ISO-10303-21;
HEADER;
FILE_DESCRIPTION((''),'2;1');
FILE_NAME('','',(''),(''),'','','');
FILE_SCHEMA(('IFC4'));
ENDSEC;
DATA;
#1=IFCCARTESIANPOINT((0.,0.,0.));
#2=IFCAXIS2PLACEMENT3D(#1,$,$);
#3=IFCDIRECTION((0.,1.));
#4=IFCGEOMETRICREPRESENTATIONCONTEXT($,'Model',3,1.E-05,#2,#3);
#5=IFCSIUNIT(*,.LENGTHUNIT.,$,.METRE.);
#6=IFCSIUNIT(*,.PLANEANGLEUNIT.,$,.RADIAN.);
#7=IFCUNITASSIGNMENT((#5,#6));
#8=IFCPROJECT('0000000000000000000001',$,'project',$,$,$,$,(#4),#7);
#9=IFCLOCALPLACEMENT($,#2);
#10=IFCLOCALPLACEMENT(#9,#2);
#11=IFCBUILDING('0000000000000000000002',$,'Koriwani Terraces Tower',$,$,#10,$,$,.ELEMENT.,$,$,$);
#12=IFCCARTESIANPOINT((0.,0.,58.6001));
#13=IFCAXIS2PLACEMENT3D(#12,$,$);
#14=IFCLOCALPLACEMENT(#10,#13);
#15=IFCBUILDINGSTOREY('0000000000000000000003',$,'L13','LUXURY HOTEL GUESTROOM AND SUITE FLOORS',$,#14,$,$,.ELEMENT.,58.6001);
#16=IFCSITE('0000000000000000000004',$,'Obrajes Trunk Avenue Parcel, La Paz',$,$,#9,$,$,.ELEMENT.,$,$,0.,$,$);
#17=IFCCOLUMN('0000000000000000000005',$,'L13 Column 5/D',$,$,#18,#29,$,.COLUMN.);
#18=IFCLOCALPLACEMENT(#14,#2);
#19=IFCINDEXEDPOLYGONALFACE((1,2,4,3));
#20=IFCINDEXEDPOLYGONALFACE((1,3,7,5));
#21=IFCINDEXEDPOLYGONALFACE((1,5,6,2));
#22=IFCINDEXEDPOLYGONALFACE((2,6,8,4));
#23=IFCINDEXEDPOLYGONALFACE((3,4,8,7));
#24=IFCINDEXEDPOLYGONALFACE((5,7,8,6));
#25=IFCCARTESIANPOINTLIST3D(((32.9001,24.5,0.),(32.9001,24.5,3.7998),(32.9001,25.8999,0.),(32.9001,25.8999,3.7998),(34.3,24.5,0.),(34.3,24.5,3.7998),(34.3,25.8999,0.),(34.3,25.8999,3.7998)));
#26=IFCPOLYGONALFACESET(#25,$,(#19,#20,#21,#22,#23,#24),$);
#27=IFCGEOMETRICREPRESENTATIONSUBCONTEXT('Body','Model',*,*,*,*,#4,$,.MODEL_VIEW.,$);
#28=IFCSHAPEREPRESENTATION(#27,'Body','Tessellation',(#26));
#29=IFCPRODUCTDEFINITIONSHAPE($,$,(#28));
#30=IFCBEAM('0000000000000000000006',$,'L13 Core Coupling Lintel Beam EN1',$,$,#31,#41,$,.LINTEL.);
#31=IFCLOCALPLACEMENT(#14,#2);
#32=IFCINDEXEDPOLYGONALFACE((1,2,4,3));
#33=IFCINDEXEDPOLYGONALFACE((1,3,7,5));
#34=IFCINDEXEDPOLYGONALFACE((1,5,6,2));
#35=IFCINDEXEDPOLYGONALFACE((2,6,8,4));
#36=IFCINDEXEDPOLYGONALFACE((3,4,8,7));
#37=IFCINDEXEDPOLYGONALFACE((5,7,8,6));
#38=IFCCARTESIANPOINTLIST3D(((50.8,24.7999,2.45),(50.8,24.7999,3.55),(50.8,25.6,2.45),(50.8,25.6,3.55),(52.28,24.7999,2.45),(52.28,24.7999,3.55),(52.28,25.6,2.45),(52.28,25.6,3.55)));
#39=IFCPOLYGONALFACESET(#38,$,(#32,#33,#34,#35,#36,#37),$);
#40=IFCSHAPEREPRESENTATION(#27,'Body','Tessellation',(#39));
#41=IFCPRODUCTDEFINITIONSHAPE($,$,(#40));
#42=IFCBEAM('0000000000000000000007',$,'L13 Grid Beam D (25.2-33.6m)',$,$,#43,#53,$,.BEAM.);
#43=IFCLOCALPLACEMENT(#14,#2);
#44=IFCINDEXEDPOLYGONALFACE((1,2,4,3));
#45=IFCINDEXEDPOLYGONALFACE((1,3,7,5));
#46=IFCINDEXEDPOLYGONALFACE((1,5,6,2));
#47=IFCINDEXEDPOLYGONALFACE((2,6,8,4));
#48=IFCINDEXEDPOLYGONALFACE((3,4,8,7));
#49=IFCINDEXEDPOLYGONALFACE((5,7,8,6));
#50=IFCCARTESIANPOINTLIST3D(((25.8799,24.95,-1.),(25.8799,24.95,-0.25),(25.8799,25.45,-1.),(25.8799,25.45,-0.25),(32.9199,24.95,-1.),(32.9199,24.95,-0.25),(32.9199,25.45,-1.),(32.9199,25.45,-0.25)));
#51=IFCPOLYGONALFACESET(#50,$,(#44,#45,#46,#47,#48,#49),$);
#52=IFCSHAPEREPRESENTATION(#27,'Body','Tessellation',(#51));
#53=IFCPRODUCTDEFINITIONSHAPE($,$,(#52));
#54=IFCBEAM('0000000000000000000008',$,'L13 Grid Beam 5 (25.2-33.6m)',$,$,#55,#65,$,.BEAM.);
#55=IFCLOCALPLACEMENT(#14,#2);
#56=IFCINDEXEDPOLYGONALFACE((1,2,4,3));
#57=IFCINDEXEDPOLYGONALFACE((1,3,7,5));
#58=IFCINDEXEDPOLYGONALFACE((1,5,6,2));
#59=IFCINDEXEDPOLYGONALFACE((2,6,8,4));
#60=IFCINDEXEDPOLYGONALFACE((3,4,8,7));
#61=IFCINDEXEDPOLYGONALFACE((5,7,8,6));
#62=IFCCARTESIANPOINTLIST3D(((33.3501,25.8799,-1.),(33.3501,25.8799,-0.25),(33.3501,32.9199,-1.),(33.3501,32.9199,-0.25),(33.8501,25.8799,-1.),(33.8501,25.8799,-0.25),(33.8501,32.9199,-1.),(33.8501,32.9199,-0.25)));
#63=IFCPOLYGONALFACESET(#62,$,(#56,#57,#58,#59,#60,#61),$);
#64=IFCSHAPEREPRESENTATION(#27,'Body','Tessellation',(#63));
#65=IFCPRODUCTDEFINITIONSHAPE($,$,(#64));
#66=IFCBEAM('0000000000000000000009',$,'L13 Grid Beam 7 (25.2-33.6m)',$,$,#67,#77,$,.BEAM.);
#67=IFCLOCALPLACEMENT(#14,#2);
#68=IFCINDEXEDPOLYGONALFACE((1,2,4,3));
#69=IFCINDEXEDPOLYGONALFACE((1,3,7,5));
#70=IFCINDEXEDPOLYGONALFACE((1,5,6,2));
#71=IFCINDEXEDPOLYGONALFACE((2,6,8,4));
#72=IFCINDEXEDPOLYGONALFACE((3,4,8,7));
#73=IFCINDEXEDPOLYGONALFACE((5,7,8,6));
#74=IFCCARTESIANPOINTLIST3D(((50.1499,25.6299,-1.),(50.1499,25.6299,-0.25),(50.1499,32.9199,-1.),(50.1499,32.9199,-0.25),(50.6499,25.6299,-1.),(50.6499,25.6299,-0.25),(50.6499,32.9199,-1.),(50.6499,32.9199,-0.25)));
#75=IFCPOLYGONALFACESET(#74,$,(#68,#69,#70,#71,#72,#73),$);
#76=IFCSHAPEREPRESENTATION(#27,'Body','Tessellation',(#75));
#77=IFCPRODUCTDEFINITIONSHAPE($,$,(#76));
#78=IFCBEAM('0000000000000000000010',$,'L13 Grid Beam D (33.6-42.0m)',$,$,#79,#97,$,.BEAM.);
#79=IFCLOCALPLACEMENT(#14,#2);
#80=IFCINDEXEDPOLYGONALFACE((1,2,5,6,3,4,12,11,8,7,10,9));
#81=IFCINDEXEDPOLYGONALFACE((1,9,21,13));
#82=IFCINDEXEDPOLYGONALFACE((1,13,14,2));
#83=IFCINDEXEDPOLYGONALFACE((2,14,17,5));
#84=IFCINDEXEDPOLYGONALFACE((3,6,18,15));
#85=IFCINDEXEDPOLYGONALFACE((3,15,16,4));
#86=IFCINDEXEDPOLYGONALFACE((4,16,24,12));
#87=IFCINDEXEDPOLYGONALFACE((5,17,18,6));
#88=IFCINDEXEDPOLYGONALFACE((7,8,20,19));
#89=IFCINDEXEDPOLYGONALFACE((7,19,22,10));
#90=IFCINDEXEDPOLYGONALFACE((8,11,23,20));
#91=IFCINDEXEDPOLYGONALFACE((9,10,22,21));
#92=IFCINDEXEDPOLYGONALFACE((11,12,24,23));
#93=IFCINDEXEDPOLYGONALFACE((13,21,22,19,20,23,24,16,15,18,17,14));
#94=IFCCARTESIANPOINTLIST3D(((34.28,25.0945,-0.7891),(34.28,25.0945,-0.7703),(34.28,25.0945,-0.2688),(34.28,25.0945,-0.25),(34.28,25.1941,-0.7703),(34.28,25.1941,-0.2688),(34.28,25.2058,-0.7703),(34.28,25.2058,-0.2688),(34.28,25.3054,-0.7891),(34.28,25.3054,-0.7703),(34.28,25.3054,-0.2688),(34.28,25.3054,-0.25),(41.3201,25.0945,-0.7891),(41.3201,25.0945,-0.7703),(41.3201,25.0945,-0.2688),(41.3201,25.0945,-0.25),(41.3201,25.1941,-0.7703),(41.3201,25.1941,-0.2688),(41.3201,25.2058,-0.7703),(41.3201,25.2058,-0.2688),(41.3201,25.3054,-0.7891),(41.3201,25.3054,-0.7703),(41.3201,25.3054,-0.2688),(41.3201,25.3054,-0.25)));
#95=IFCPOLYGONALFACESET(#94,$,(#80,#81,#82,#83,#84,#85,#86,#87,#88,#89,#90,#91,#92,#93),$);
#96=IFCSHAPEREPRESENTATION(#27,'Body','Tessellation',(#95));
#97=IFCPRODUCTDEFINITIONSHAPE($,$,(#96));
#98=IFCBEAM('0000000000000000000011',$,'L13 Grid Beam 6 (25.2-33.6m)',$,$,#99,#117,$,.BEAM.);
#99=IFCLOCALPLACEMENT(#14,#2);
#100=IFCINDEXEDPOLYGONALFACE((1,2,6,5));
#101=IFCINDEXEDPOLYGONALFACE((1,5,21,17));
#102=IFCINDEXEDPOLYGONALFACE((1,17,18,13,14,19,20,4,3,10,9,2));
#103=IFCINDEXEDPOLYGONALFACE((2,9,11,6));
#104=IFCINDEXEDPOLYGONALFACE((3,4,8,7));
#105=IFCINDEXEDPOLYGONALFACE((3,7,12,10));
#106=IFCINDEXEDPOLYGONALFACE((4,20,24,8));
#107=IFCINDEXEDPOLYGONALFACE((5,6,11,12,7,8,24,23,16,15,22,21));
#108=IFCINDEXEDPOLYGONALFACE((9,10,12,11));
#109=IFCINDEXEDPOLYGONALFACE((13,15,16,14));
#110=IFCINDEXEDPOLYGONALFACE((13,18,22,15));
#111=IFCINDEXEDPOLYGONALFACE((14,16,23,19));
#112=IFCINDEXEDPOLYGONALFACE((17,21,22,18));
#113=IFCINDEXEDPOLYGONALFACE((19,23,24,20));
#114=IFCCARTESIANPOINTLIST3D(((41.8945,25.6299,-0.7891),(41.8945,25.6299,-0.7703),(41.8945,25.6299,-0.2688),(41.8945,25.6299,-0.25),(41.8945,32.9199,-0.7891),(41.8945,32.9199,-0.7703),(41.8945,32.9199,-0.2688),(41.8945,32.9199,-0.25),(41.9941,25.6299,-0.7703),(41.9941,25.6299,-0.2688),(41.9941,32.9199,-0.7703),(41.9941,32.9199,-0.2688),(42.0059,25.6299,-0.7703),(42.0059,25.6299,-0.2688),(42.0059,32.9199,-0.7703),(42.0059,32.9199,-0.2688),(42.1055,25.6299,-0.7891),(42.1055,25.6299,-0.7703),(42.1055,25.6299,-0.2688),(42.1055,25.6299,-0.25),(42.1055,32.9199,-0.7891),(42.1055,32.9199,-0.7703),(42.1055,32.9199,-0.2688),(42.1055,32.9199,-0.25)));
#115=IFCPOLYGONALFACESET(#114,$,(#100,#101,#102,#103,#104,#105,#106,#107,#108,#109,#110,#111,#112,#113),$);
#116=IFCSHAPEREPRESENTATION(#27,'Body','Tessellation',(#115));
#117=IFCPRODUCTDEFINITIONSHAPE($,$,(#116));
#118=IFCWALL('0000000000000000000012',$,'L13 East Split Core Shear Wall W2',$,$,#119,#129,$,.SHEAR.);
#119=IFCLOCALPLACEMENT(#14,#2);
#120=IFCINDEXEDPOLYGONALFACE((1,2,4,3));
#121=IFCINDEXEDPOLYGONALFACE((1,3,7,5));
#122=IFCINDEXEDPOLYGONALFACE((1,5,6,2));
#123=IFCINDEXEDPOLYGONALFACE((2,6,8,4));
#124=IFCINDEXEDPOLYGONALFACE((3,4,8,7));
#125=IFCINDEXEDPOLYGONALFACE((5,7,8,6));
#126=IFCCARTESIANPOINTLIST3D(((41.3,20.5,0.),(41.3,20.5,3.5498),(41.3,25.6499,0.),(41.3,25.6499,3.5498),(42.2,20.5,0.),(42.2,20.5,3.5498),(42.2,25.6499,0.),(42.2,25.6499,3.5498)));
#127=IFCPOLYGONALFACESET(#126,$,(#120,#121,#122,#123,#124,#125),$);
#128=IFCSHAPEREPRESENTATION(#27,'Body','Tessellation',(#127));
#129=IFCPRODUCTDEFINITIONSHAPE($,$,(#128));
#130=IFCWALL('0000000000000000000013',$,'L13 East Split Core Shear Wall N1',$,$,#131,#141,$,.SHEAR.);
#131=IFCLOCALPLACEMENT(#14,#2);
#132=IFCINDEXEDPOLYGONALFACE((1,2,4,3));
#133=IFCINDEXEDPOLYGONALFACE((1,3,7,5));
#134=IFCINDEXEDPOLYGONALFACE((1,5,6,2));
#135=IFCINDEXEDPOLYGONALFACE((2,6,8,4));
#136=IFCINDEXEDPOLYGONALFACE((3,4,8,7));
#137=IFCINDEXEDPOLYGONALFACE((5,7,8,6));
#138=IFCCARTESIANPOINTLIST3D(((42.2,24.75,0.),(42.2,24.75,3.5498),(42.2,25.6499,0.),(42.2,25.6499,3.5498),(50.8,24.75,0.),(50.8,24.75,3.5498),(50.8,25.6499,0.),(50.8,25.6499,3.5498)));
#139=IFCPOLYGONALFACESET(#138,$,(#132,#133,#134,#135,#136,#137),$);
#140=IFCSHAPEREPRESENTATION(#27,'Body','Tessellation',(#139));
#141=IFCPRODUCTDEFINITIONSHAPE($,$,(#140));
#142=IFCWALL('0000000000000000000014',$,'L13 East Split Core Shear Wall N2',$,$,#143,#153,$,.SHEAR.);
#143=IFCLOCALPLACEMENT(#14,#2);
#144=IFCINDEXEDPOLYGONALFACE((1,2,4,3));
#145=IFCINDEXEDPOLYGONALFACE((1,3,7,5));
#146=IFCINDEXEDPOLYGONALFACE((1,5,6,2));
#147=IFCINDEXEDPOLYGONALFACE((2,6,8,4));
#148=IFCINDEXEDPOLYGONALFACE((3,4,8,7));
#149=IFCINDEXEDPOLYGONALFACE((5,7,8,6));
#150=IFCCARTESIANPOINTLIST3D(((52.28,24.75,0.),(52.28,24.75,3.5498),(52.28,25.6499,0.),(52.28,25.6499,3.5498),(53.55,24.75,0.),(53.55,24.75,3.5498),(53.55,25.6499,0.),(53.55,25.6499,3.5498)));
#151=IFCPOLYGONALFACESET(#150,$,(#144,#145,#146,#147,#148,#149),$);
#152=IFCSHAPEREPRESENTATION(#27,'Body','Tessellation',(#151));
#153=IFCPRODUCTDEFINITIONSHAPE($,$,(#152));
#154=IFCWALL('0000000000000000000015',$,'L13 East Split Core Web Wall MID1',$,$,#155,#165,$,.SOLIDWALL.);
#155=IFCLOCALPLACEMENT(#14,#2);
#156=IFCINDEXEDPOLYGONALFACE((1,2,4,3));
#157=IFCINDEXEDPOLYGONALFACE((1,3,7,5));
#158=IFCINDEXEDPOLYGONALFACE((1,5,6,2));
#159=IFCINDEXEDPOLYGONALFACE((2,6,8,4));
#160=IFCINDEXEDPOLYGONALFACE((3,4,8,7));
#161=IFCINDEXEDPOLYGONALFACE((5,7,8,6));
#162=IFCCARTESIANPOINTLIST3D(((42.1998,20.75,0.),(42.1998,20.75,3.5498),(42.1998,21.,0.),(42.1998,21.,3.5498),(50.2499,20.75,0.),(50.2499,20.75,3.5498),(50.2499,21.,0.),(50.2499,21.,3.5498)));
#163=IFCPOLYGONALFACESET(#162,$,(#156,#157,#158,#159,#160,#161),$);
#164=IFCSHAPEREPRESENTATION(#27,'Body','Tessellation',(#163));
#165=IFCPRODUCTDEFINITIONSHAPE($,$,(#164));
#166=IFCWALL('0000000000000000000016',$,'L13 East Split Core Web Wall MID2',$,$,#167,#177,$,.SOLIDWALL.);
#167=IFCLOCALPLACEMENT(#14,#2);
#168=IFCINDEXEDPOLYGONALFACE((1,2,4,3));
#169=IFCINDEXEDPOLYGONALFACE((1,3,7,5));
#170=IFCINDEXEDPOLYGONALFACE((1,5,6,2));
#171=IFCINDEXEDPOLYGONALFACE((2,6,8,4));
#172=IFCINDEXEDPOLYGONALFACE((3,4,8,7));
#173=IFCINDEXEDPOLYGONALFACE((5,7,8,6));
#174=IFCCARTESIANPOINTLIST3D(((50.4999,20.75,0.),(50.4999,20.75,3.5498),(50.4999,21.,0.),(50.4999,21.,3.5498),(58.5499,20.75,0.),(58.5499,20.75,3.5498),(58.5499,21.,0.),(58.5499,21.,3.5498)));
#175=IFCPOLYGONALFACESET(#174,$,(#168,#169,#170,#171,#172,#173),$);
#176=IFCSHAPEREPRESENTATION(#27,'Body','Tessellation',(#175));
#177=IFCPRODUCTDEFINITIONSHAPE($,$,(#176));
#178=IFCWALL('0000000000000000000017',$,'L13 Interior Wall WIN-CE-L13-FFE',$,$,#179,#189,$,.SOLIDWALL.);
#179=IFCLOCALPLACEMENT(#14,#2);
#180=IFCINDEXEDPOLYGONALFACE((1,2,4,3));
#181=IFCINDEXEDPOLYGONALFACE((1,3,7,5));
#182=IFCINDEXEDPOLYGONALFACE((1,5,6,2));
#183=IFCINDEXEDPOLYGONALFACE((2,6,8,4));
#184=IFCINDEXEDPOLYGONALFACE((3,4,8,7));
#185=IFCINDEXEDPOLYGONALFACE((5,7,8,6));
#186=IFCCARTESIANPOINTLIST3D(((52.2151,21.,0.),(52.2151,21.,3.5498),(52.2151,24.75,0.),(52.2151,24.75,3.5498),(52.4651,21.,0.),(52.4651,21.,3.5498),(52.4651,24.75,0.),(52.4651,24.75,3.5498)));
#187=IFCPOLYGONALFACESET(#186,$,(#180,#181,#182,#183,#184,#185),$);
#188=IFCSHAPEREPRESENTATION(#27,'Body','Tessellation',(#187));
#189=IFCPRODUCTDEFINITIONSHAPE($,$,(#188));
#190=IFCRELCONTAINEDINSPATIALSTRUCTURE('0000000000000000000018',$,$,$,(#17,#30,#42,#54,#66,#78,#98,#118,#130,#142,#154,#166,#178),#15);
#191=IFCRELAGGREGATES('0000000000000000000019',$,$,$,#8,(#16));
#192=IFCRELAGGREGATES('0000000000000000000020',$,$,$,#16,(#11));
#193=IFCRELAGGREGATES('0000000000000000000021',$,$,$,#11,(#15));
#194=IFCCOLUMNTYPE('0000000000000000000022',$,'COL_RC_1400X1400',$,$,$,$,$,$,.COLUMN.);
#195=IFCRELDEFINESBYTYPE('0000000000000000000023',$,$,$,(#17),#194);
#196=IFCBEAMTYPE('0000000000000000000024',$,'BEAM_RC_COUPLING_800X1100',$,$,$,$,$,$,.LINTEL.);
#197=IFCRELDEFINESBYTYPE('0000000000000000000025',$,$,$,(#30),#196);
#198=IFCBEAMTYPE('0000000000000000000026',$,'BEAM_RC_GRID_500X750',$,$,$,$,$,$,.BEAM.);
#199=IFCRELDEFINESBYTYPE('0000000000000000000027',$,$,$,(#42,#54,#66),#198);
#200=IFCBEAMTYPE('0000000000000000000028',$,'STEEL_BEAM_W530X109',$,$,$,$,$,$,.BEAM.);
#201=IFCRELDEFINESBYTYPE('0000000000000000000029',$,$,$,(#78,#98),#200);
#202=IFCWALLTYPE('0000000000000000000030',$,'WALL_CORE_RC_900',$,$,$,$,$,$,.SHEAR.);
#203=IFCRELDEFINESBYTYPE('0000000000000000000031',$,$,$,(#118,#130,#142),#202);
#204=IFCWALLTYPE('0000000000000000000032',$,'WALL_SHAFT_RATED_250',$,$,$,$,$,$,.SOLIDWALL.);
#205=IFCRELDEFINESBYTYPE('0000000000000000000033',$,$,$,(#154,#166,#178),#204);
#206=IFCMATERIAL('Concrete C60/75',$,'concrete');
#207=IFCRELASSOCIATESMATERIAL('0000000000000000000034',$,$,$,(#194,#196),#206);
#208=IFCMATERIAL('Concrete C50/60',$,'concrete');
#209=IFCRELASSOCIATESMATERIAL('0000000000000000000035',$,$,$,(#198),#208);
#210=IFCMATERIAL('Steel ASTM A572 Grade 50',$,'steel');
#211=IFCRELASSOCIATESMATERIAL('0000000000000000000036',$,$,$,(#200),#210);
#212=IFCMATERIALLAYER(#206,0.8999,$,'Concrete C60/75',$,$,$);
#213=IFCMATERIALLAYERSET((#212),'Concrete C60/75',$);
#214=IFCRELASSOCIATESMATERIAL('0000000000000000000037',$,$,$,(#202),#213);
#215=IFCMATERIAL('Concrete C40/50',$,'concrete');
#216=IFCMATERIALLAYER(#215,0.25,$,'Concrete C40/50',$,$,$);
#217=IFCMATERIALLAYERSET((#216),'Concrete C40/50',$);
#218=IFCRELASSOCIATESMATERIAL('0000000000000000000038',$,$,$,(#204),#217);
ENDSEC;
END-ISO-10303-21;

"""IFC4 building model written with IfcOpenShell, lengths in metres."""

from ifc_helpers import new_model, si_unit, direction, frame, frame_2d, origin, origin_2d, place, context, subcontext, project, spatial, rectangle, i_section, extrude, material, layer, layer_set, material_profile, profile_set, type_object, element, save


model = new_model("IFC4")

# Units and contexts
model_context = context("Model", 3, precision=1e-05, world=origin(), true_north=direction((0.0, 1.0)))
body_context = subcontext(model_context, "Body", "Model", "MODEL_VIEW")
ifc_project = project(units=[si_unit("LENGTHUNIT", "METRE"), si_unit("PLANEANGLEUNIT", "RADIAN")], contexts=[model_context])

# Site, building, storey
site_placement = place(None, origin())
site = spatial("IfcSite", under=ifc_project, at=site_placement, Name="Obrajes Trunk Avenue Parcel, La Paz", CompositionType="ELEMENT", RefElevation=0.0)
building_placement = place(site_placement, origin())
building = spatial("IfcBuilding", under=site, at=building_placement, Name="Koriwani Terraces Tower", CompositionType="ELEMENT")
storey_placement = place(building_placement, frame((0.0, 0.0, 58.6001)))
storey = spatial("IfcBuildingStorey", under=building, at=storey_placement, Name="L13", Description="LUXURY HOTEL GUESTROOM AND SUITE FLOORS", CompositionType="ELEMENT", Elevation=58.6001)

# Column
ifc_material_1 = material(Name="Concrete C60/75", Category="concrete")
ifc_material_profile_1 = material_profile(ifc_material_1, rectangle(XDim=1.3999, YDim=1.3999, at=origin_2d()), Name="Concrete C60/75", Category="LoadBearing")
ifc_profile_set_1 = profile_set([ifc_material_profile_1], Name="Concrete C60/75")
column_type = type_object("IfcColumnType", Name="COL_RC_1400X1400", PredefinedType="COLUMN", material=ifc_profile_set_1)
column_placement = place(storey_placement, frame((33.6001, 25.2, 0.0), z_axis=(0.0, 0.0, 1.0), x_axis=(1.0, 0.0, 0.0)))
element("IfcColumn", 1, at=column_placement, inside=storey, type_object=column_type, Name="L13 Column 5/D", PredefinedType="COLUMN", context=body_context, shape_type="SweptSolid", body=[
    extrude(rectangle(XDim=1.3999, YDim=1.3999, at=origin_2d()), origin(), (0.0, 0.0, 1.0), 3.7998),
])

# Beams
ifc_material_profile_2 = material_profile(ifc_material_1, rectangle(XDim=0.8, YDim=1.1001, at=origin_2d()), Name="Concrete C60/75", Category="LoadBearing")
ifc_profile_set_2 = profile_set([ifc_material_profile_2], Name="Concrete C60/75")
beam_type_1 = type_object("IfcBeamType", Name="BEAM_RC_COUPLING_800X1100", PredefinedType="LINTEL", material=ifc_profile_set_2)
beam_1_placement = place(storey_placement, frame((50.8, 25.2, 3.0), z_axis=(1.0, 0.0, 0.0), x_axis=(0.0, 1.0, 0.0)))
element("IfcBeam", 2, at=beam_1_placement, inside=storey, type_object=beam_type_1, Name="L13 Core Coupling Lintel Beam EN1", PredefinedType="LINTEL", context=body_context, shape_type="SweptSolid", body=[
    extrude(rectangle(XDim=0.8, YDim=1.1001, at=origin_2d()), origin(), (0.0, 0.0, 1.0), 1.48),
])
ifc_material_2 = material(Name="Concrete C50/60", Category="concrete")
ifc_material_profile_3 = material_profile(ifc_material_2, rectangle(XDim=0.5, YDim=0.75, at=origin_2d()), Name="Concrete C50/60", Category="LoadBearing")
ifc_profile_set_3 = profile_set([ifc_material_profile_3], Name="Concrete C50/60")
beam_type_2 = type_object("IfcBeamType", Name="BEAM_RC_GRID_500X750", PredefinedType="BEAM", material=ifc_profile_set_3)
for number, where, z_axis, x_axis, name in (
    (3, (25.8799, 25.2, -0.625), (1.0, 0.0, 0.0), (0.0, 1.0, 0.0), "L13 Grid Beam D (25.2-33.6m)"),
    (4, (33.6001, 25.8799, -0.625), (0.0, 1.0, 0.0), (-1.0, 0.0, 0.0), "L13 Grid Beam 5 (25.2-33.6m)"),
):
    element("IfcBeam", number, at=place(storey_placement, frame(where, z_axis=z_axis, x_axis=x_axis)), inside=storey, type_object=beam_type_2, Name=name, PredefinedType="BEAM", context=body_context, shape_type="SweptSolid", body=[
        extrude(rectangle(XDim=0.5, YDim=0.75, at=origin_2d()), origin(), (0.0, 0.0, 1.0), 7.04),
    ])
beam_2_placement = place(storey_placement, frame((50.3999, 25.6299, -0.625), z_axis=(0.0, 1.0, 0.0), x_axis=(-1.0, 0.0, 0.0)))
element("IfcBeam", 5, at=beam_2_placement, inside=storey, type_object=beam_type_2, Name="L13 Grid Beam 7 (25.2-33.6m)", PredefinedType="BEAM", context=body_context, shape_type="SweptSolid", body=[
    extrude(rectangle(XDim=0.5, YDim=0.75, at=origin_2d()), origin(), (0.0, 0.0, 1.0), 7.29),
])
ifc_material_3 = material(Name="Steel ASTM A572 Grade 50", Category="steel")
ifc_material_profile_4 = material_profile(ifc_material_3, i_section(OverallWidth=0.2109, OverallDepth=0.5391, WebThickness=0.0117, FlangeThickness=0.0188, at=origin_2d()), Name="Steel ASTM A572 Grade 50", Category="LoadBearing")
ifc_profile_set_4 = profile_set([ifc_material_profile_4], Name="Steel ASTM A572 Grade 50")
beam_type_3 = type_object("IfcBeamType", Name="STEEL_BEAM_W530X109", PredefinedType="BEAM", material=ifc_profile_set_4)
beam_3_placement = place(storey_placement, frame((34.28, 25.2, -0.5195), z_axis=(1.0, 0.0, 0.0), x_axis=(0.0, 1.0, 0.0)))
element("IfcBeam", 6, at=beam_3_placement, inside=storey, type_object=beam_type_3, Name="L13 Grid Beam D (33.6-42.0m)", PredefinedType="BEAM", context=body_context, shape_type="SweptSolid", body=[
    extrude(i_section(OverallWidth=0.2109, OverallDepth=0.5391, WebThickness=0.0117, FlangeThickness=0.0188, at=origin_2d()), origin(), (0.0, 0.0, 1.0), 7.04),
])
beam_4_placement = place(storey_placement, frame((42.0, 25.6299, -0.5195), z_axis=(0.0, 1.0, 0.0), x_axis=(-1.0, 0.0, 0.0)))
element("IfcBeam", 7, at=beam_4_placement, inside=storey, type_object=beam_type_3, Name="L13 Grid Beam 6 (25.2-33.6m)", PredefinedType="BEAM", context=body_context, shape_type="SweptSolid", body=[
    extrude(i_section(OverallWidth=0.2109, OverallDepth=0.5391, WebThickness=0.0117, FlangeThickness=0.0188, at=origin_2d()), origin(), (0.0, 0.0, 1.0), 7.29),
])

# Walls
ifc_layer_1 = layer(ifc_material_1, 0.8999, Name="Concrete C60/75")
ifc_layer_set_1 = layer_set([ifc_layer_1], Name="Concrete C60/75")
wall_type_1 = type_object("IfcWallType", Name="WALL_CORE_RC_900", PredefinedType="SHEAR", material=ifc_layer_set_1)
wall_1_placement = place(storey_placement, frame((41.75, 20.5, 0.0), z_axis=(0.0, 0.0, 1.0), x_axis=(0.0, 1.0, 0.0)))
element("IfcWall", 8, at=wall_1_placement, inside=storey, type_object=wall_type_1, Name="L13 East Split Core Shear Wall W2", PredefinedType="SHEAR", context=body_context, shape_type="SweptSolid", body=[
    extrude(rectangle(XDim=5.1499, YDim=0.8999, at=frame_2d((2.575, 0.0))), origin(), (0.0, 0.0, 1.0), 3.5498),
])
wall_2_placement = place(storey_placement, frame((42.2, 25.2, 0.0), z_axis=(0.0, 0.0, 1.0), x_axis=(1.0, 0.0, 0.0)))
element("IfcWall", 9, at=wall_2_placement, inside=storey, type_object=wall_type_1, Name="L13 East Split Core Shear Wall N1", PredefinedType="SHEAR", context=body_context, shape_type="SweptSolid", body=[
    extrude(rectangle(XDim=8.6001, YDim=0.8999, at=frame_2d((4.3, 0.0))), origin(), (0.0, 0.0, 1.0), 3.5498),
])
wall_3_placement = place(storey_placement, frame((52.28, 25.2, 0.0), z_axis=(0.0, 0.0, 1.0), x_axis=(1.0, 0.0, 0.0)))
element("IfcWall", 10, at=wall_3_placement, inside=storey, type_object=wall_type_1, Name="L13 East Split Core Shear Wall N2", PredefinedType="SHEAR", context=body_context, shape_type="SweptSolid", body=[
    extrude(rectangle(XDim=1.27, YDim=0.8999, at=frame_2d((0.635, 0.0))), origin(), (0.0, 0.0, 1.0), 3.5498),
])
ifc_material_4 = material(Name="Concrete C40/50", Category="concrete")
ifc_layer_2 = layer(ifc_material_4, 0.25, Name="Concrete C40/50")
ifc_layer_set_2 = layer_set([ifc_layer_2], Name="Concrete C40/50")
wall_type_2 = type_object("IfcWallType", Name="WALL_SHAFT_RATED_250", PredefinedType="SOLIDWALL", material=ifc_layer_set_2)
for number, where, z_axis, x_axis, name in (
    (11, (42.2, 20.875, 0.0), (0.0, 0.0, 1.0), (1.0, 0.0, 0.0), "L13 East Split Core Web Wall MID1"),
    (12, (50.5, 20.875, 0.0), (0.0, 0.0, 1.0), (1.0, 0.0, 0.0), "L13 East Split Core Web Wall MID2"),
):
    element("IfcWall", number, at=place(storey_placement, frame(where, z_axis=z_axis, x_axis=x_axis)), inside=storey, type_object=wall_type_2, Name=name, PredefinedType="SOLIDWALL", context=body_context, shape_type="SweptSolid", body=[
        extrude(rectangle(XDim=8.05, YDim=0.25, at=frame_2d((4.0249, 0.0))), origin(), (0.0, 0.0, 1.0), 3.5498),
    ])

# Wall
wall_4_placement = place(storey_placement, frame((52.3401, 21.0, 0.0), z_axis=(0.0, 0.0, 1.0), x_axis=(0.0, 1.0, 0.0)))
element("IfcWall", 13, at=wall_4_placement, inside=storey, type_object=wall_type_2, Name="L13 Interior Wall WIN-CE-L13-FFE", PredefinedType="SOLIDWALL", context=body_context, shape_type="SweptSolid", body=[
    extrude(rectangle(XDim=3.75, YDim=0.25, at=frame_2d((1.875, 0.0))), origin(), (0.0, 0.0, 1.0), 3.5498),
])

save(model, "model.ifc")
